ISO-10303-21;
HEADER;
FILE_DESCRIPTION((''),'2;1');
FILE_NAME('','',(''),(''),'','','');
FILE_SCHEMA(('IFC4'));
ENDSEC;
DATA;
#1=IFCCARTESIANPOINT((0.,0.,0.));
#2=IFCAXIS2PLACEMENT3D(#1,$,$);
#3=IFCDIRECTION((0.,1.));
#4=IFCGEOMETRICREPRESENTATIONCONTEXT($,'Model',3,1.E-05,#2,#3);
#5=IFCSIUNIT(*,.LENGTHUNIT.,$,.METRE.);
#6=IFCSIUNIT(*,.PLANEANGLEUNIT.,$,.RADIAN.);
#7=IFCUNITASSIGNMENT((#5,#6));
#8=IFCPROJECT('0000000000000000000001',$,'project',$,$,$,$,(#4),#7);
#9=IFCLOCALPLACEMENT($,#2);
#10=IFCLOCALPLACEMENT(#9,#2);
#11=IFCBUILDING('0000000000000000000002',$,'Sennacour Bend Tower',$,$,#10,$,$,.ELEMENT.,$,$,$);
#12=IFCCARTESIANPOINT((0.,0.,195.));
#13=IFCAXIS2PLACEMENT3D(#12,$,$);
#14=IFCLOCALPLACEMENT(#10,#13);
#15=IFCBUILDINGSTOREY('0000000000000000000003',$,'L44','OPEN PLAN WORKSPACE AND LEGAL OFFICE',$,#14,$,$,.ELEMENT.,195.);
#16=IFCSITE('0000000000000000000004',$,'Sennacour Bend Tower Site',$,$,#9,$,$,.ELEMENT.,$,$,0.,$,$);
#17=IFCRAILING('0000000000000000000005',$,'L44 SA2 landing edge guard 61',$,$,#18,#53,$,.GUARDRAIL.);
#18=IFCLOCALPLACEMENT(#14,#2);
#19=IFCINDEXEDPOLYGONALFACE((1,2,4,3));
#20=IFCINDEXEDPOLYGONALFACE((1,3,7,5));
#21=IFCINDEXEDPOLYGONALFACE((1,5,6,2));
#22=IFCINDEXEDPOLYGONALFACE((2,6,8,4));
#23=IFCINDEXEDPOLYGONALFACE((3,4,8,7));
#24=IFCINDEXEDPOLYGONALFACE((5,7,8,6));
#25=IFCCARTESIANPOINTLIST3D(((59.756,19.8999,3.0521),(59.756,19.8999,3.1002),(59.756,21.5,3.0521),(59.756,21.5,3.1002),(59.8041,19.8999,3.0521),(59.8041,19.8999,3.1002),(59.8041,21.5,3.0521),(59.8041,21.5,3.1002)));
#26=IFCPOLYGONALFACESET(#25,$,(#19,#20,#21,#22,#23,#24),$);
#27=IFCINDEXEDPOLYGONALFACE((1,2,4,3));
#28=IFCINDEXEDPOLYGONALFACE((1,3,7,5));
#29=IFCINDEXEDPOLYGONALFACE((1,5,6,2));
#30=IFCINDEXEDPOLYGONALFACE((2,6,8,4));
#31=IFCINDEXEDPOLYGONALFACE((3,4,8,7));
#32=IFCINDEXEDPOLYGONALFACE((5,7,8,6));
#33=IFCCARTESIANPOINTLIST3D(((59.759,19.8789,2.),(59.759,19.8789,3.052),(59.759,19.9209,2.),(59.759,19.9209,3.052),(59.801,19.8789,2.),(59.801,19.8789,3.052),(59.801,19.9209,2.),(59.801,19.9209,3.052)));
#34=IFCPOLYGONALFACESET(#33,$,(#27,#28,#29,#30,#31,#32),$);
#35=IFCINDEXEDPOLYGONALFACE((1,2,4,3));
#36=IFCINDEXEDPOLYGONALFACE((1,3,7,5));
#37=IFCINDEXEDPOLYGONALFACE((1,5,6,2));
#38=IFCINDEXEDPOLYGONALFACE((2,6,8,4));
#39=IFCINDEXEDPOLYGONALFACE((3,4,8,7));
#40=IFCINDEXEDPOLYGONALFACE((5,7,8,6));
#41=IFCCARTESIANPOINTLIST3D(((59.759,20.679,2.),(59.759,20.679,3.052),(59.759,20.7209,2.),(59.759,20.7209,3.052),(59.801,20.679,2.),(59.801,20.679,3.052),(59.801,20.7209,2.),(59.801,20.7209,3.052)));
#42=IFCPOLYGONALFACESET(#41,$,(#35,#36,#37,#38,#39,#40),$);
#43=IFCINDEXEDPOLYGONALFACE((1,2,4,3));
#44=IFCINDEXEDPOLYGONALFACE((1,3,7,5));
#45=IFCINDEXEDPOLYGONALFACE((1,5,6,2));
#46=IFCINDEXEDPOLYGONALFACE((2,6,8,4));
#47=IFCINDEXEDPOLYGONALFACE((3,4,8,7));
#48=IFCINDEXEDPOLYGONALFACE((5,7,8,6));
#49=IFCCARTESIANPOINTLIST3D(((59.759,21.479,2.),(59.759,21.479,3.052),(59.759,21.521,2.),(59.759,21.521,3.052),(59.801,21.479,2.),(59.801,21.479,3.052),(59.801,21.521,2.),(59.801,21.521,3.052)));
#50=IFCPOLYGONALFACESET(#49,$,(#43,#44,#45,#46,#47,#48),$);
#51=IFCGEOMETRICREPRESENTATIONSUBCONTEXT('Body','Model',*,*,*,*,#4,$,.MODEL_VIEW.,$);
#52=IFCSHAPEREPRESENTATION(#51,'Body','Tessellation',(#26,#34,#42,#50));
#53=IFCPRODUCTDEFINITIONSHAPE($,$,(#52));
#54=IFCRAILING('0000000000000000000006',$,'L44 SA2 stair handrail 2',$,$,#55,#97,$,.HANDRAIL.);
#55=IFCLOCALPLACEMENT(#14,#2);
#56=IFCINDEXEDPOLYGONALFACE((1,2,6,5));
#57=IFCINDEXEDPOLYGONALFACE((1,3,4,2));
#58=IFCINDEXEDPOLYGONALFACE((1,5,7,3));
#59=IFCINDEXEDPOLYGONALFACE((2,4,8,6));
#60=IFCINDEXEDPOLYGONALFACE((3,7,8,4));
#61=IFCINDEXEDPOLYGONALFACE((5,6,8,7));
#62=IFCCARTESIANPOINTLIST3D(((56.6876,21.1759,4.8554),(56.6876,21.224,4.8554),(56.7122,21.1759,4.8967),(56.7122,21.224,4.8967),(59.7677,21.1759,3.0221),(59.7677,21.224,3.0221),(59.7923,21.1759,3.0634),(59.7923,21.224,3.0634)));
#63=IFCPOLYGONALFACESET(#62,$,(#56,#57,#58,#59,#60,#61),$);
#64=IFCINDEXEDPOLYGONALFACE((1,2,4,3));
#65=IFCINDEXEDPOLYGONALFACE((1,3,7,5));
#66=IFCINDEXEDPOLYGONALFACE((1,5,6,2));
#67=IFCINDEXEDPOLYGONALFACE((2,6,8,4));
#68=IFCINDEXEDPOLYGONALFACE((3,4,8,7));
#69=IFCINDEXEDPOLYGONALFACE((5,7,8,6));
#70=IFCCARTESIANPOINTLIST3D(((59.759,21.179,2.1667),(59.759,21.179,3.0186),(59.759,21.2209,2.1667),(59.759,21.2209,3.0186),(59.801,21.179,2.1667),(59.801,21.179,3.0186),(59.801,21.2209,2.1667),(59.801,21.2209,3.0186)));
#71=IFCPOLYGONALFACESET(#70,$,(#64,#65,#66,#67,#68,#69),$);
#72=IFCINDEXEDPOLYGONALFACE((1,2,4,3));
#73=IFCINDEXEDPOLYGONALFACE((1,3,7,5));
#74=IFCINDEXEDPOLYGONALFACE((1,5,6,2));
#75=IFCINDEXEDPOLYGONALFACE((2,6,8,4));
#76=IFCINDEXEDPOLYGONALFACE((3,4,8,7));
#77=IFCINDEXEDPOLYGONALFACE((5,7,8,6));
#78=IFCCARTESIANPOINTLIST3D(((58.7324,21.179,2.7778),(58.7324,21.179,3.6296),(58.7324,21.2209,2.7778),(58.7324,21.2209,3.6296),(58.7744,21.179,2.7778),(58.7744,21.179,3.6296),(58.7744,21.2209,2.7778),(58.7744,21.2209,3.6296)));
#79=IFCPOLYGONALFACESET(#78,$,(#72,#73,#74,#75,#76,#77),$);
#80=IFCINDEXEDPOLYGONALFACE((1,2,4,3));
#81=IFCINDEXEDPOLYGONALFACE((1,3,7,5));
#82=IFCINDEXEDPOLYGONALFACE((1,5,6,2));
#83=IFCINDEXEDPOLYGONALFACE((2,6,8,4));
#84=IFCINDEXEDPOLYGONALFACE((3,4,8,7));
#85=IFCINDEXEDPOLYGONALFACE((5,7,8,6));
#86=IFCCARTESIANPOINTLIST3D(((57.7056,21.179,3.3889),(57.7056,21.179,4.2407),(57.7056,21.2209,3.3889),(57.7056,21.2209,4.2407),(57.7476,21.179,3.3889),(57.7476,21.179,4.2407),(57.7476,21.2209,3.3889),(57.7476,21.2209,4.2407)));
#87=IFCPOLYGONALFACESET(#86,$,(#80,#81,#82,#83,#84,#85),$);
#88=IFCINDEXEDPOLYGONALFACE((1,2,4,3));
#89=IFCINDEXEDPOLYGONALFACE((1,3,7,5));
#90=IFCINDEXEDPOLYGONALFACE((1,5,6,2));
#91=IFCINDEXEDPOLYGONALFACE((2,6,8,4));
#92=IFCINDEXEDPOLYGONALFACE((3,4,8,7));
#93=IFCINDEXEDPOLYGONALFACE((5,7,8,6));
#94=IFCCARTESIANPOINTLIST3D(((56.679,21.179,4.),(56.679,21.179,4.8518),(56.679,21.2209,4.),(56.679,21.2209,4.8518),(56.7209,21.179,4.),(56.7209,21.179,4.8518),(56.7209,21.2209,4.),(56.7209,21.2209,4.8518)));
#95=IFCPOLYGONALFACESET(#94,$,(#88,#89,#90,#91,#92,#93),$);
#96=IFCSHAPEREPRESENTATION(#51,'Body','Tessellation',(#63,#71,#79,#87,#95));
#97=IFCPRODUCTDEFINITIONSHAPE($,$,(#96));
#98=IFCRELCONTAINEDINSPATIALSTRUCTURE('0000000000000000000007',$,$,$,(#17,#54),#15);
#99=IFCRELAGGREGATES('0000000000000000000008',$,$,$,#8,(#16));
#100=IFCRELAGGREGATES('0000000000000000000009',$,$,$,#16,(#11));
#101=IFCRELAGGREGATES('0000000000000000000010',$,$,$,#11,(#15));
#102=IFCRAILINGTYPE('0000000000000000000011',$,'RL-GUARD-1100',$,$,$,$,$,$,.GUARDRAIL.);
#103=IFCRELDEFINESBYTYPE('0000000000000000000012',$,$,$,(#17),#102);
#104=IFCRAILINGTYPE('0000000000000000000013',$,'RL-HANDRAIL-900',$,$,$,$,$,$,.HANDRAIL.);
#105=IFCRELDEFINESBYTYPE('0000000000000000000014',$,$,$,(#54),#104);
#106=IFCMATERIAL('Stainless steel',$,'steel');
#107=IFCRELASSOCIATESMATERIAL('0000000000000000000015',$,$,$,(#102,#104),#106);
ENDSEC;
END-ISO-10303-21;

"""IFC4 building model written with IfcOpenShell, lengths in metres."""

from ifc_helpers import new_model, si_unit, direction, frame, origin, origin_2d, place, context, subcontext, project, spatial, rectangle, extrude, material, type_object, element, save


model = new_model("IFC4")

# Units and contexts
model_context = context("Model", 3, precision=1e-05, world=origin(), true_north=direction((0.0, 1.0)))
body_context = subcontext(model_context, "Body", "Model", "MODEL_VIEW")
ifc_project = project(units=[si_unit("LENGTHUNIT", "METRE"), si_unit("PLANEANGLEUNIT", "RADIAN")], contexts=[model_context])

# Site, building, storey
site_placement = place(None, origin())
site = spatial("IfcSite", under=ifc_project, at=site_placement, Name="Sennacour Bend Tower Site", CompositionType="ELEMENT", RefElevation=0.0)
building_placement = place(site_placement, origin())
building = spatial("IfcBuilding", under=site, at=building_placement, Name="Sennacour Bend Tower", CompositionType="ELEMENT")
storey_placement = place(building_placement, frame((0.0, 0.0, 195.0)))
storey = spatial("IfcBuildingStorey", under=building, at=storey_placement, Name="L44", Description="OPEN PLAN WORKSPACE AND LEGAL OFFICE", CompositionType="ELEMENT", Elevation=195.0)

# Shared definitions
ifc_material_1 = material(Name="Stainless steel", Category="steel")

# Railings
railing_type_1 = type_object("IfcRailingType", Name="RL-GUARD-1100", PredefinedType="GUARDRAIL", material=ifc_material_1)
railing_1_placement = place(storey_placement, frame((59.78, 19.8999, 2.0)))
element("IfcRailing", 1, at=railing_1_placement, inside=storey, type_object=railing_type_1, Name="L44 SA2 landing edge guard 61", PredefinedType="GUARDRAIL", context=body_context, shape_type="SweptSolid", body=[
    extrude(rectangle(XDim=0.0481, YDim=0.0481, at=origin_2d()), frame((0.0, 0.0, 1.0762), z_axis=(0.0, 1.0, 0.0), x_axis=(-1.0, 0.0, 0.0)), (0.0, 0.0, 1.0), 1.6001),
    extrude(rectangle(XDim=0.042, YDim=0.042, at=origin_2d()), origin(), (0.0, 0.0, 1.0), 1.052),
    extrude(rectangle(XDim=0.042, YDim=0.042, at=origin_2d()), frame((0.0, 0.8, 0.0)), (0.0, 0.0, 1.0), 1.052),
    extrude(rectangle(XDim=0.042, YDim=0.042, at=origin_2d()), frame((0.0, 1.6001, 0.0)), (0.0, 0.0, 1.0), 1.052),
])
railing_type_2 = type_object("IfcRailingType", Name="RL-HANDRAIL-900", PredefinedType="HANDRAIL", material=ifc_material_1)
railing_2_placement = place(storey_placement, frame((59.78, 21.2, 2.1667)))
element("IfcRailing", 2, at=railing_2_placement, inside=storey, type_object=railing_type_2, Name="L44 SA2 stair handrail 2", PredefinedType="HANDRAIL", context=body_context, shape_type="SweptSolid", body=[
    extrude(rectangle(XDim=0.0481, YDim=0.0481, at=origin_2d()), frame((0.0, 0.0, 0.876), z_axis=(-0.859309, 0.0, 0.511458), x_axis=(0.0, -1.0, 0.0)), (0.0, 0.0, 1.0), 3.5845),
    extrude(rectangle(XDim=0.042, YDim=0.042, at=origin_2d()), origin(), (0.0, 0.0, 1.0), 0.8518),
    extrude(rectangle(XDim=0.042, YDim=0.042, at=origin_2d()), frame((-1.0266, 0.0, 0.6111)), (0.0, 0.0, 1.0), 0.8518),
    extrude(rectangle(XDim=0.042, YDim=0.042, at=origin_2d()), frame((-2.0535, 0.0, 1.2222)), (0.0, 0.0, 1.0), 0.8518),
    extrude(rectangle(XDim=0.042, YDim=0.042, at=origin_2d()), frame((-3.0801, 0.0, 1.8333)), (0.0, 0.0, 1.0), 0.8518),
])

save(model, "model.ifc")
